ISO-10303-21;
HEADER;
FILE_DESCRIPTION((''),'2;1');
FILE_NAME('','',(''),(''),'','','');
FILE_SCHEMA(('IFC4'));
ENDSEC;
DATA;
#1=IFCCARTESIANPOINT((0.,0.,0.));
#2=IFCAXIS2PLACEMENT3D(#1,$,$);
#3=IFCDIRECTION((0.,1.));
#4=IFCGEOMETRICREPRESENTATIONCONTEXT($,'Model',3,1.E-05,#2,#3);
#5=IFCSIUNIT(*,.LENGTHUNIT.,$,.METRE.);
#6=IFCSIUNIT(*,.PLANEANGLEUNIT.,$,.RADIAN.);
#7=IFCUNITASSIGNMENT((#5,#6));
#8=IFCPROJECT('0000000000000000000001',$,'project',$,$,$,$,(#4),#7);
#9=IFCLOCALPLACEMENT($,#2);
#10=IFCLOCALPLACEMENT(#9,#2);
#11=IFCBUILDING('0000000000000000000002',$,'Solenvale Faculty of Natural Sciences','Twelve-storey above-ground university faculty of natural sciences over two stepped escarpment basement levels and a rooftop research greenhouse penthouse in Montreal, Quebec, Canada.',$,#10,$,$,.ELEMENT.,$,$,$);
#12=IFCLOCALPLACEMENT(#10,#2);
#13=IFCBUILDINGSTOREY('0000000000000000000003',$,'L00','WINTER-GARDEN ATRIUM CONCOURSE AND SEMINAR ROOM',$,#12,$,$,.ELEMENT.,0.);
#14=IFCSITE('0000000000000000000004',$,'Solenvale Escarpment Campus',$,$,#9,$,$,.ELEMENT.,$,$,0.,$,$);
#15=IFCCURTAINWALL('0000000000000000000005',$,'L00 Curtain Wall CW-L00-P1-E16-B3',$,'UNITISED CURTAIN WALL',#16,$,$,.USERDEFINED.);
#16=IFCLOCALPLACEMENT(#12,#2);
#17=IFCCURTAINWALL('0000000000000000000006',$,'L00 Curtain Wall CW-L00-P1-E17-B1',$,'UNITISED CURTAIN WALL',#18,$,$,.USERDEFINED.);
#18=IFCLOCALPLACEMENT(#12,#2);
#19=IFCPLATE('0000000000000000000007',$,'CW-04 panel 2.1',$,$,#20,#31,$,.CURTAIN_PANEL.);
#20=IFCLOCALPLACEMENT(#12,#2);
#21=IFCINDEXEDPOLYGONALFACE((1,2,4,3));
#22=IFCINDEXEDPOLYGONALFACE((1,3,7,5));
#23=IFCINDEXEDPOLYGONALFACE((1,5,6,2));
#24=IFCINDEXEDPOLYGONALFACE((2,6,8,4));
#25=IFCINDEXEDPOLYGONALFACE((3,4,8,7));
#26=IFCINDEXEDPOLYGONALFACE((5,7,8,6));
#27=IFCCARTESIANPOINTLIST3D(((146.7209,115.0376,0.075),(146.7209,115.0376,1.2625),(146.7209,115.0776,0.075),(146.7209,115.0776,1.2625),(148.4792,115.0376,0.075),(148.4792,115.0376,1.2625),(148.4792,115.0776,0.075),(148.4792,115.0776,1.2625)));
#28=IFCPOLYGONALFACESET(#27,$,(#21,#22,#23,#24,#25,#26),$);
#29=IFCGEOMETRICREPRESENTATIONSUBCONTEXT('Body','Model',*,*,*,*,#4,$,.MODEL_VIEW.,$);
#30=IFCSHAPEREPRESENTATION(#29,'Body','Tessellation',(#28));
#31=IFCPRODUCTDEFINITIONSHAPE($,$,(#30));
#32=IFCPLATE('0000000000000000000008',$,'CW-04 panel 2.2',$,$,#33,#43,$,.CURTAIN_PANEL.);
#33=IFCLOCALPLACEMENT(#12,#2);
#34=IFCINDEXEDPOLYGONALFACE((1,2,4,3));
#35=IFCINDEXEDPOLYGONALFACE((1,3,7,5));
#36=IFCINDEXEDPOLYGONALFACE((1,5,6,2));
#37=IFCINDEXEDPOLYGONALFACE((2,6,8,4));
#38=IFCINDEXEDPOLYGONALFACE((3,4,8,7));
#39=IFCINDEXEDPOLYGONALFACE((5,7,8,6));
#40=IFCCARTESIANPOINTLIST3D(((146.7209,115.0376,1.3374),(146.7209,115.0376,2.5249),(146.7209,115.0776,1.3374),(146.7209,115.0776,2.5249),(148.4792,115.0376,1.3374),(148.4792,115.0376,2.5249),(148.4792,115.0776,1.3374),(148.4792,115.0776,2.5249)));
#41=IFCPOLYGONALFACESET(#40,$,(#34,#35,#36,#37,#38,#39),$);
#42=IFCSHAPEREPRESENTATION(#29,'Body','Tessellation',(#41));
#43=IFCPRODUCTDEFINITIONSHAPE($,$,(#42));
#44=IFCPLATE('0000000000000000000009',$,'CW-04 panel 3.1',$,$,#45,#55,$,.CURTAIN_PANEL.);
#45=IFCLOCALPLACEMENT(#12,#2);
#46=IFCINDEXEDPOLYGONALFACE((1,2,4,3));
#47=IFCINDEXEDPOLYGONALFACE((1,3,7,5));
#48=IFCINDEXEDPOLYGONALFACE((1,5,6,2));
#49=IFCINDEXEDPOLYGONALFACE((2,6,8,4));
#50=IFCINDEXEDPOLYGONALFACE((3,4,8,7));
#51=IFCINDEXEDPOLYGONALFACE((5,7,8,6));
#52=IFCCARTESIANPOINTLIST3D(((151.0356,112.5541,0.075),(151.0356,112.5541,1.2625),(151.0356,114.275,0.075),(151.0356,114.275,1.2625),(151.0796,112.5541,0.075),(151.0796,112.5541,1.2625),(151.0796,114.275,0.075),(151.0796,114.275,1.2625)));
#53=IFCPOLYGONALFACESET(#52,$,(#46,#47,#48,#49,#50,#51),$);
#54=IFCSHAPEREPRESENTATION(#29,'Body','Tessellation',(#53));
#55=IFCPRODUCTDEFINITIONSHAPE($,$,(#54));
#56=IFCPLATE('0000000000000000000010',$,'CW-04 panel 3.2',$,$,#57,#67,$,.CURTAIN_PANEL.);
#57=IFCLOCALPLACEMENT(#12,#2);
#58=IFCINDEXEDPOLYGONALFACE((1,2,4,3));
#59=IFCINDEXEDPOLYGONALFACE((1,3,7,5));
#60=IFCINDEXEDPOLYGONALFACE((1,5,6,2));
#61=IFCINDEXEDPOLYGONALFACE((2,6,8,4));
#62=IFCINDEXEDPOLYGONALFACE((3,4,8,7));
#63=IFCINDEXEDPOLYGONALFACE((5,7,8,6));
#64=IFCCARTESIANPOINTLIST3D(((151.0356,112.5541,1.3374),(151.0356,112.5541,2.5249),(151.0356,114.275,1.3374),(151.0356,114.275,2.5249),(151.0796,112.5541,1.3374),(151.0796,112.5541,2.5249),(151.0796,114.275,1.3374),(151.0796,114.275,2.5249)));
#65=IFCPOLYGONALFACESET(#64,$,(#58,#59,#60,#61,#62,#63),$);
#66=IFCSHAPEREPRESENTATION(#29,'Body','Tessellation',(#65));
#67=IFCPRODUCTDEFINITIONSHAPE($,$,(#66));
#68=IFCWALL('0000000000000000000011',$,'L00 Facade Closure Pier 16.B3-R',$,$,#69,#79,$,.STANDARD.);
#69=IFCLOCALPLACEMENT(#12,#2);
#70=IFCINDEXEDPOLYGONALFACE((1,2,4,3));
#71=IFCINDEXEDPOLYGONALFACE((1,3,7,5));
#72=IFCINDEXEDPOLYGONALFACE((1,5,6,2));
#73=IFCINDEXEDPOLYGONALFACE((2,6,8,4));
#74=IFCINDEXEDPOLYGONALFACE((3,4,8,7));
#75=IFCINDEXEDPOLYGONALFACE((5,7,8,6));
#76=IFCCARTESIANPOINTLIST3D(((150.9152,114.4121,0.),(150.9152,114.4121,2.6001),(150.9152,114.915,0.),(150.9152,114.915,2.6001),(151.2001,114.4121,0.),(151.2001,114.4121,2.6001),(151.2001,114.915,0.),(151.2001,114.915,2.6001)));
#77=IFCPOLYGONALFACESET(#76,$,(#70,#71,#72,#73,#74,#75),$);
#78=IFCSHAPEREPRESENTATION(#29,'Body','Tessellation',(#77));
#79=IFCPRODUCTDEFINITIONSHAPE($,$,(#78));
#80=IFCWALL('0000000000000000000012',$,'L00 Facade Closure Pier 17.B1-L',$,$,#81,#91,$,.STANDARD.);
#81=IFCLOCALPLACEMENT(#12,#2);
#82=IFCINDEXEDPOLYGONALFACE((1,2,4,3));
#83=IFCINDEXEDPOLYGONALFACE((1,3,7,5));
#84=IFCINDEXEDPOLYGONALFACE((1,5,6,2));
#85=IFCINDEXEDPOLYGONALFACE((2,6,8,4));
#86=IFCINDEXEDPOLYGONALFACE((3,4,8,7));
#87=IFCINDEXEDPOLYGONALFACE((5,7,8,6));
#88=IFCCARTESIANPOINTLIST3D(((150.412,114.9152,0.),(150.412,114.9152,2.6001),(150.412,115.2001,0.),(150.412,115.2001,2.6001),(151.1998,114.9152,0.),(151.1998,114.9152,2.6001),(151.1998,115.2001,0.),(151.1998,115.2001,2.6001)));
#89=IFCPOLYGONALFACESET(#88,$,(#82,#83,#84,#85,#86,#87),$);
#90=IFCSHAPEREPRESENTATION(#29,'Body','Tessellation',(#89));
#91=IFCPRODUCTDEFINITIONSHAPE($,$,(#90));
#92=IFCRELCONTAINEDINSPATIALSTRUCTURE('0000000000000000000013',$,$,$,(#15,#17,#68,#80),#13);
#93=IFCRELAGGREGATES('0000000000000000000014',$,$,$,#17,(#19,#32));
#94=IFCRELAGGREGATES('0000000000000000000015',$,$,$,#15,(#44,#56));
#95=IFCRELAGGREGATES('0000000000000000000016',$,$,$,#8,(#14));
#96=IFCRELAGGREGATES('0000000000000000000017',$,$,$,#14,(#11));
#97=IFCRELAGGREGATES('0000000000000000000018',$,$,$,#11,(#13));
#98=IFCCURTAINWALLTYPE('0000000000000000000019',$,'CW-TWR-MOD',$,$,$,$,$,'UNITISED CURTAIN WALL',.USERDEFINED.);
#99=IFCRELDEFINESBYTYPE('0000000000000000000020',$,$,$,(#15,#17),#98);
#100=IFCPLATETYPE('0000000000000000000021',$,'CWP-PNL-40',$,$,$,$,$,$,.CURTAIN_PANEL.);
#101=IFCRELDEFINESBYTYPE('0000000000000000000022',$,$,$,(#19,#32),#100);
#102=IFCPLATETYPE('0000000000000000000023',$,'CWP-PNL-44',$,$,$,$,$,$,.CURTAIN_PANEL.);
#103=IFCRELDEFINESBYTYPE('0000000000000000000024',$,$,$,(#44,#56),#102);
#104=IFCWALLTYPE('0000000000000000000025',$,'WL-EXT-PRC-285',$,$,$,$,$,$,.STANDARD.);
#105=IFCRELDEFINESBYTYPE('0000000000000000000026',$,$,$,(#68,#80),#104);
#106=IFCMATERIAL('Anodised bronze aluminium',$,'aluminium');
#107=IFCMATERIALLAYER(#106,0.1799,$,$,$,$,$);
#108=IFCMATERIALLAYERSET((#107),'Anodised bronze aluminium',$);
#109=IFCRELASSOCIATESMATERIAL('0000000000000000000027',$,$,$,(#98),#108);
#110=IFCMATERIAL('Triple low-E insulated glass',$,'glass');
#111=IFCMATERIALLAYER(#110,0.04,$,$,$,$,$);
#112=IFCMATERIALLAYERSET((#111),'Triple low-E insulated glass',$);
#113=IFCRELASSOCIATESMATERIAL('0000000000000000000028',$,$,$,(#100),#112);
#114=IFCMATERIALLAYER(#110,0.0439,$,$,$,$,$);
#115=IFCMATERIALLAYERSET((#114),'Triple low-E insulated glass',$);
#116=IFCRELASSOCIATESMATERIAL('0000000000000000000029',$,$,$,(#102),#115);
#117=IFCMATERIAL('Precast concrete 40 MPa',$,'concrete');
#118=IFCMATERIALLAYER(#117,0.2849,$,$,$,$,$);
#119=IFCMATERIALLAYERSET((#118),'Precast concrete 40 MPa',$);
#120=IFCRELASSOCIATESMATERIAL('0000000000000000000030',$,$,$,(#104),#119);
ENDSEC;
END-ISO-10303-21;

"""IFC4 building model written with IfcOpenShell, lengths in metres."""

from ifc_helpers import new_model, si_unit, direction, frame, frame_2d, origin, origin_2d, place, context, subcontext, project, spatial, rectangle, extrude, material, layer, layer_set, type_object, element, aggregate, save


model = new_model("IFC4")

# Units and contexts
model_context = context("Model", 3, precision=1e-05, world=origin(), true_north=direction((0.0, 1.0)))
body_context = subcontext(model_context, "Body", "Model", "MODEL_VIEW")
ifc_project = project(units=[si_unit("LENGTHUNIT", "METRE"), si_unit("PLANEANGLEUNIT", "RADIAN")], contexts=[model_context])

# Site, building, storey
site_placement = place(None, origin())
site = spatial("IfcSite", under=ifc_project, at=site_placement, Name="Solenvale Escarpment Campus", CompositionType="ELEMENT", RefElevation=0.0)
building_placement = place(site_placement, origin())
building = spatial("IfcBuilding", under=site, at=building_placement, Name="Solenvale Faculty of Natural Sciences", Description="Twelve-storey above-ground university faculty of natural sciences over two stepped escarpment basement levels and a rooftop research greenhouse penthouse in Montreal, Quebec, Canada.", CompositionType="ELEMENT")
storey_placement = place(building_placement, origin())
storey = spatial("IfcBuildingStorey", under=building, at=storey_placement, Name="L00", Description="WINTER-GARDEN ATRIUM CONCOURSE AND SEMINAR ROOM", CompositionType="ELEMENT", Elevation=0.0)

# Curtain wall
ifc_material_1 = material(Name="Anodised bronze aluminium", Category="aluminium")
ifc_layer_1 = layer(ifc_material_1, 0.1799)
ifc_layer_set_1 = layer_set([ifc_layer_1], Name="Anodised bronze aluminium")
curtain_wall_type = type_object("IfcCurtainWallType", Name="CW-TWR-MOD", ElementType="UNITISED CURTAIN WALL", PredefinedType="USERDEFINED", material=ifc_layer_set_1)
curtain_wall_1_placement = place(storey_placement, origin())
curtain_wall_1 = element("IfcCurtainWall", 1, at=curtain_wall_1_placement, inside=storey, type_object=curtain_wall_type, Name="L00 Curtain Wall CW-L00-P1-E16-B3", ObjectType="UNITISED CURTAIN WALL", PredefinedType="USERDEFINED")

# Curtain wall, plates
curtain_wall_2_placement = place(storey_placement, origin())
curtain_wall_2 = element("IfcCurtainWall", 2, at=curtain_wall_2_placement, inside=storey, type_object=curtain_wall_type, Name="L00 Curtain Wall CW-L00-P1-E17-B1", ObjectType="UNITISED CURTAIN WALL", PredefinedType="USERDEFINED")
ifc_material_2 = material(Name="Triple low-E insulated glass", Category="glass")
ifc_layer_2 = layer(ifc_material_2, 0.04)
ifc_layer_set_2 = layer_set([ifc_layer_2], Name="Triple low-E insulated glass")
plate_type_1 = type_object("IfcPlateType", Name="CWP-PNL-40", PredefinedType="CURTAIN_PANEL", material=ifc_layer_set_2)
plate_1_placement = place(storey_placement, frame((147.6001, 115.0576, 0.075), z_axis=(0.0, 0.0, 1.0), x_axis=(-1.0, 0.0, 0.0)))
plate_1 = element("IfcPlate", 3, at=plate_1_placement, type_object=plate_type_1, Name="CW-04 panel 2.1", PredefinedType="CURTAIN_PANEL", context=body_context, shape_type="SweptSolid", body=[
    extrude(rectangle(XDim=1.7583, YDim=0.04, at=origin_2d()), origin(), (0.0, 0.0, 1.0), 1.1875),
])
plate_2_placement = place(storey_placement, frame((147.6001, 115.0576, 1.3374), z_axis=(0.0, 0.0, 1.0), x_axis=(-1.0, 0.0, 0.0)))
plate_2 = element("IfcPlate", 4, at=plate_2_placement, type_object=plate_type_1, Name="CW-04 panel 2.2", PredefinedType="CURTAIN_PANEL", context=body_context, shape_type="SweptSolid", body=[
    extrude(rectangle(XDim=1.7583, YDim=0.04, at=origin_2d()), origin(), (0.0, 0.0, 1.0), 1.1875),
])
aggregate(curtain_wall_2, [plate_1, plate_2])

# Plates
ifc_layer_3 = layer(ifc_material_2, 0.0439)
ifc_layer_set_3 = layer_set([ifc_layer_3], Name="Triple low-E insulated glass")
plate_type_2 = type_object("IfcPlateType", Name="CWP-PNL-44", PredefinedType="CURTAIN_PANEL", material=ifc_layer_set_3)
plate_3_placement = place(storey_placement, frame((151.0576, 113.4146, 0.075), z_axis=(0.0, 0.0, 1.0), x_axis=(0.0, 1.0, 0.0)))
plate_3 = element("IfcPlate", 5, at=plate_3_placement, type_object=plate_type_2, Name="CW-04 panel 3.1", PredefinedType="CURTAIN_PANEL", context=body_context, shape_type="SweptSolid", body=[
    extrude(rectangle(XDim=1.7209, YDim=0.0439, at=origin_2d()), origin(), (0.0, 0.0, 1.0), 1.1875),
])
plate_4_placement = place(storey_placement, frame((151.0576, 113.4146, 1.3374), z_axis=(0.0, 0.0, 1.0), x_axis=(0.0, 1.0, 0.0)))
plate_4 = element("IfcPlate", 6, at=plate_4_placement, type_object=plate_type_2, Name="CW-04 panel 3.2", PredefinedType="CURTAIN_PANEL", context=body_context, shape_type="SweptSolid", body=[
    extrude(rectangle(XDim=1.7209, YDim=0.0439, at=origin_2d()), origin(), (0.0, 0.0, 1.0), 1.1875),
])
aggregate(curtain_wall_1, [plate_3, plate_4])

# Walls
ifc_material_3 = material(Name="Precast concrete 40 MPa", Category="concrete")
ifc_layer_4 = layer(ifc_material_3, 0.2849)
ifc_layer_set_4 = layer_set([ifc_layer_4], Name="Precast concrete 40 MPa")
wall_type = type_object("IfcWallType", Name="WL-EXT-PRC-285", PredefinedType="STANDARD", material=ifc_layer_set_4)
wall_1_placement = place(storey_placement, frame((151.0576, 114.4121, 0.0), z_axis=(0.0, 0.0, 1.0), x_axis=(0.0, 1.0, 0.0)))
element("IfcWall", 7, at=wall_1_placement, inside=storey, type_object=wall_type, Name="L00 Facade Closure Pier 16.B3-R", PredefinedType="STANDARD", context=body_context, shape_type="SweptSolid", body=[
    extrude(rectangle(XDim=0.5029, YDim=0.2849, at=frame_2d((0.2515, 0.0))), origin(), (0.0, 0.0, 1.0), 2.6001),
])
wall_2_placement = place(storey_placement, frame((151.2, 115.0576, 0.0), z_axis=(0.0, 0.0, 1.0), x_axis=(-1.0, 0.0, 0.0)))
element("IfcWall", 8, at=wall_2_placement, inside=storey, type_object=wall_type, Name="L00 Facade Closure Pier 17.B1-L", PredefinedType="STANDARD", context=body_context, shape_type="SweptSolid", body=[
    extrude(rectangle(XDim=0.7878, YDim=0.2849, at=frame_2d((0.394, 0.0))), origin(), (0.0, 0.0, 1.0), 2.6001),
])

save(model, "model.ifc")
